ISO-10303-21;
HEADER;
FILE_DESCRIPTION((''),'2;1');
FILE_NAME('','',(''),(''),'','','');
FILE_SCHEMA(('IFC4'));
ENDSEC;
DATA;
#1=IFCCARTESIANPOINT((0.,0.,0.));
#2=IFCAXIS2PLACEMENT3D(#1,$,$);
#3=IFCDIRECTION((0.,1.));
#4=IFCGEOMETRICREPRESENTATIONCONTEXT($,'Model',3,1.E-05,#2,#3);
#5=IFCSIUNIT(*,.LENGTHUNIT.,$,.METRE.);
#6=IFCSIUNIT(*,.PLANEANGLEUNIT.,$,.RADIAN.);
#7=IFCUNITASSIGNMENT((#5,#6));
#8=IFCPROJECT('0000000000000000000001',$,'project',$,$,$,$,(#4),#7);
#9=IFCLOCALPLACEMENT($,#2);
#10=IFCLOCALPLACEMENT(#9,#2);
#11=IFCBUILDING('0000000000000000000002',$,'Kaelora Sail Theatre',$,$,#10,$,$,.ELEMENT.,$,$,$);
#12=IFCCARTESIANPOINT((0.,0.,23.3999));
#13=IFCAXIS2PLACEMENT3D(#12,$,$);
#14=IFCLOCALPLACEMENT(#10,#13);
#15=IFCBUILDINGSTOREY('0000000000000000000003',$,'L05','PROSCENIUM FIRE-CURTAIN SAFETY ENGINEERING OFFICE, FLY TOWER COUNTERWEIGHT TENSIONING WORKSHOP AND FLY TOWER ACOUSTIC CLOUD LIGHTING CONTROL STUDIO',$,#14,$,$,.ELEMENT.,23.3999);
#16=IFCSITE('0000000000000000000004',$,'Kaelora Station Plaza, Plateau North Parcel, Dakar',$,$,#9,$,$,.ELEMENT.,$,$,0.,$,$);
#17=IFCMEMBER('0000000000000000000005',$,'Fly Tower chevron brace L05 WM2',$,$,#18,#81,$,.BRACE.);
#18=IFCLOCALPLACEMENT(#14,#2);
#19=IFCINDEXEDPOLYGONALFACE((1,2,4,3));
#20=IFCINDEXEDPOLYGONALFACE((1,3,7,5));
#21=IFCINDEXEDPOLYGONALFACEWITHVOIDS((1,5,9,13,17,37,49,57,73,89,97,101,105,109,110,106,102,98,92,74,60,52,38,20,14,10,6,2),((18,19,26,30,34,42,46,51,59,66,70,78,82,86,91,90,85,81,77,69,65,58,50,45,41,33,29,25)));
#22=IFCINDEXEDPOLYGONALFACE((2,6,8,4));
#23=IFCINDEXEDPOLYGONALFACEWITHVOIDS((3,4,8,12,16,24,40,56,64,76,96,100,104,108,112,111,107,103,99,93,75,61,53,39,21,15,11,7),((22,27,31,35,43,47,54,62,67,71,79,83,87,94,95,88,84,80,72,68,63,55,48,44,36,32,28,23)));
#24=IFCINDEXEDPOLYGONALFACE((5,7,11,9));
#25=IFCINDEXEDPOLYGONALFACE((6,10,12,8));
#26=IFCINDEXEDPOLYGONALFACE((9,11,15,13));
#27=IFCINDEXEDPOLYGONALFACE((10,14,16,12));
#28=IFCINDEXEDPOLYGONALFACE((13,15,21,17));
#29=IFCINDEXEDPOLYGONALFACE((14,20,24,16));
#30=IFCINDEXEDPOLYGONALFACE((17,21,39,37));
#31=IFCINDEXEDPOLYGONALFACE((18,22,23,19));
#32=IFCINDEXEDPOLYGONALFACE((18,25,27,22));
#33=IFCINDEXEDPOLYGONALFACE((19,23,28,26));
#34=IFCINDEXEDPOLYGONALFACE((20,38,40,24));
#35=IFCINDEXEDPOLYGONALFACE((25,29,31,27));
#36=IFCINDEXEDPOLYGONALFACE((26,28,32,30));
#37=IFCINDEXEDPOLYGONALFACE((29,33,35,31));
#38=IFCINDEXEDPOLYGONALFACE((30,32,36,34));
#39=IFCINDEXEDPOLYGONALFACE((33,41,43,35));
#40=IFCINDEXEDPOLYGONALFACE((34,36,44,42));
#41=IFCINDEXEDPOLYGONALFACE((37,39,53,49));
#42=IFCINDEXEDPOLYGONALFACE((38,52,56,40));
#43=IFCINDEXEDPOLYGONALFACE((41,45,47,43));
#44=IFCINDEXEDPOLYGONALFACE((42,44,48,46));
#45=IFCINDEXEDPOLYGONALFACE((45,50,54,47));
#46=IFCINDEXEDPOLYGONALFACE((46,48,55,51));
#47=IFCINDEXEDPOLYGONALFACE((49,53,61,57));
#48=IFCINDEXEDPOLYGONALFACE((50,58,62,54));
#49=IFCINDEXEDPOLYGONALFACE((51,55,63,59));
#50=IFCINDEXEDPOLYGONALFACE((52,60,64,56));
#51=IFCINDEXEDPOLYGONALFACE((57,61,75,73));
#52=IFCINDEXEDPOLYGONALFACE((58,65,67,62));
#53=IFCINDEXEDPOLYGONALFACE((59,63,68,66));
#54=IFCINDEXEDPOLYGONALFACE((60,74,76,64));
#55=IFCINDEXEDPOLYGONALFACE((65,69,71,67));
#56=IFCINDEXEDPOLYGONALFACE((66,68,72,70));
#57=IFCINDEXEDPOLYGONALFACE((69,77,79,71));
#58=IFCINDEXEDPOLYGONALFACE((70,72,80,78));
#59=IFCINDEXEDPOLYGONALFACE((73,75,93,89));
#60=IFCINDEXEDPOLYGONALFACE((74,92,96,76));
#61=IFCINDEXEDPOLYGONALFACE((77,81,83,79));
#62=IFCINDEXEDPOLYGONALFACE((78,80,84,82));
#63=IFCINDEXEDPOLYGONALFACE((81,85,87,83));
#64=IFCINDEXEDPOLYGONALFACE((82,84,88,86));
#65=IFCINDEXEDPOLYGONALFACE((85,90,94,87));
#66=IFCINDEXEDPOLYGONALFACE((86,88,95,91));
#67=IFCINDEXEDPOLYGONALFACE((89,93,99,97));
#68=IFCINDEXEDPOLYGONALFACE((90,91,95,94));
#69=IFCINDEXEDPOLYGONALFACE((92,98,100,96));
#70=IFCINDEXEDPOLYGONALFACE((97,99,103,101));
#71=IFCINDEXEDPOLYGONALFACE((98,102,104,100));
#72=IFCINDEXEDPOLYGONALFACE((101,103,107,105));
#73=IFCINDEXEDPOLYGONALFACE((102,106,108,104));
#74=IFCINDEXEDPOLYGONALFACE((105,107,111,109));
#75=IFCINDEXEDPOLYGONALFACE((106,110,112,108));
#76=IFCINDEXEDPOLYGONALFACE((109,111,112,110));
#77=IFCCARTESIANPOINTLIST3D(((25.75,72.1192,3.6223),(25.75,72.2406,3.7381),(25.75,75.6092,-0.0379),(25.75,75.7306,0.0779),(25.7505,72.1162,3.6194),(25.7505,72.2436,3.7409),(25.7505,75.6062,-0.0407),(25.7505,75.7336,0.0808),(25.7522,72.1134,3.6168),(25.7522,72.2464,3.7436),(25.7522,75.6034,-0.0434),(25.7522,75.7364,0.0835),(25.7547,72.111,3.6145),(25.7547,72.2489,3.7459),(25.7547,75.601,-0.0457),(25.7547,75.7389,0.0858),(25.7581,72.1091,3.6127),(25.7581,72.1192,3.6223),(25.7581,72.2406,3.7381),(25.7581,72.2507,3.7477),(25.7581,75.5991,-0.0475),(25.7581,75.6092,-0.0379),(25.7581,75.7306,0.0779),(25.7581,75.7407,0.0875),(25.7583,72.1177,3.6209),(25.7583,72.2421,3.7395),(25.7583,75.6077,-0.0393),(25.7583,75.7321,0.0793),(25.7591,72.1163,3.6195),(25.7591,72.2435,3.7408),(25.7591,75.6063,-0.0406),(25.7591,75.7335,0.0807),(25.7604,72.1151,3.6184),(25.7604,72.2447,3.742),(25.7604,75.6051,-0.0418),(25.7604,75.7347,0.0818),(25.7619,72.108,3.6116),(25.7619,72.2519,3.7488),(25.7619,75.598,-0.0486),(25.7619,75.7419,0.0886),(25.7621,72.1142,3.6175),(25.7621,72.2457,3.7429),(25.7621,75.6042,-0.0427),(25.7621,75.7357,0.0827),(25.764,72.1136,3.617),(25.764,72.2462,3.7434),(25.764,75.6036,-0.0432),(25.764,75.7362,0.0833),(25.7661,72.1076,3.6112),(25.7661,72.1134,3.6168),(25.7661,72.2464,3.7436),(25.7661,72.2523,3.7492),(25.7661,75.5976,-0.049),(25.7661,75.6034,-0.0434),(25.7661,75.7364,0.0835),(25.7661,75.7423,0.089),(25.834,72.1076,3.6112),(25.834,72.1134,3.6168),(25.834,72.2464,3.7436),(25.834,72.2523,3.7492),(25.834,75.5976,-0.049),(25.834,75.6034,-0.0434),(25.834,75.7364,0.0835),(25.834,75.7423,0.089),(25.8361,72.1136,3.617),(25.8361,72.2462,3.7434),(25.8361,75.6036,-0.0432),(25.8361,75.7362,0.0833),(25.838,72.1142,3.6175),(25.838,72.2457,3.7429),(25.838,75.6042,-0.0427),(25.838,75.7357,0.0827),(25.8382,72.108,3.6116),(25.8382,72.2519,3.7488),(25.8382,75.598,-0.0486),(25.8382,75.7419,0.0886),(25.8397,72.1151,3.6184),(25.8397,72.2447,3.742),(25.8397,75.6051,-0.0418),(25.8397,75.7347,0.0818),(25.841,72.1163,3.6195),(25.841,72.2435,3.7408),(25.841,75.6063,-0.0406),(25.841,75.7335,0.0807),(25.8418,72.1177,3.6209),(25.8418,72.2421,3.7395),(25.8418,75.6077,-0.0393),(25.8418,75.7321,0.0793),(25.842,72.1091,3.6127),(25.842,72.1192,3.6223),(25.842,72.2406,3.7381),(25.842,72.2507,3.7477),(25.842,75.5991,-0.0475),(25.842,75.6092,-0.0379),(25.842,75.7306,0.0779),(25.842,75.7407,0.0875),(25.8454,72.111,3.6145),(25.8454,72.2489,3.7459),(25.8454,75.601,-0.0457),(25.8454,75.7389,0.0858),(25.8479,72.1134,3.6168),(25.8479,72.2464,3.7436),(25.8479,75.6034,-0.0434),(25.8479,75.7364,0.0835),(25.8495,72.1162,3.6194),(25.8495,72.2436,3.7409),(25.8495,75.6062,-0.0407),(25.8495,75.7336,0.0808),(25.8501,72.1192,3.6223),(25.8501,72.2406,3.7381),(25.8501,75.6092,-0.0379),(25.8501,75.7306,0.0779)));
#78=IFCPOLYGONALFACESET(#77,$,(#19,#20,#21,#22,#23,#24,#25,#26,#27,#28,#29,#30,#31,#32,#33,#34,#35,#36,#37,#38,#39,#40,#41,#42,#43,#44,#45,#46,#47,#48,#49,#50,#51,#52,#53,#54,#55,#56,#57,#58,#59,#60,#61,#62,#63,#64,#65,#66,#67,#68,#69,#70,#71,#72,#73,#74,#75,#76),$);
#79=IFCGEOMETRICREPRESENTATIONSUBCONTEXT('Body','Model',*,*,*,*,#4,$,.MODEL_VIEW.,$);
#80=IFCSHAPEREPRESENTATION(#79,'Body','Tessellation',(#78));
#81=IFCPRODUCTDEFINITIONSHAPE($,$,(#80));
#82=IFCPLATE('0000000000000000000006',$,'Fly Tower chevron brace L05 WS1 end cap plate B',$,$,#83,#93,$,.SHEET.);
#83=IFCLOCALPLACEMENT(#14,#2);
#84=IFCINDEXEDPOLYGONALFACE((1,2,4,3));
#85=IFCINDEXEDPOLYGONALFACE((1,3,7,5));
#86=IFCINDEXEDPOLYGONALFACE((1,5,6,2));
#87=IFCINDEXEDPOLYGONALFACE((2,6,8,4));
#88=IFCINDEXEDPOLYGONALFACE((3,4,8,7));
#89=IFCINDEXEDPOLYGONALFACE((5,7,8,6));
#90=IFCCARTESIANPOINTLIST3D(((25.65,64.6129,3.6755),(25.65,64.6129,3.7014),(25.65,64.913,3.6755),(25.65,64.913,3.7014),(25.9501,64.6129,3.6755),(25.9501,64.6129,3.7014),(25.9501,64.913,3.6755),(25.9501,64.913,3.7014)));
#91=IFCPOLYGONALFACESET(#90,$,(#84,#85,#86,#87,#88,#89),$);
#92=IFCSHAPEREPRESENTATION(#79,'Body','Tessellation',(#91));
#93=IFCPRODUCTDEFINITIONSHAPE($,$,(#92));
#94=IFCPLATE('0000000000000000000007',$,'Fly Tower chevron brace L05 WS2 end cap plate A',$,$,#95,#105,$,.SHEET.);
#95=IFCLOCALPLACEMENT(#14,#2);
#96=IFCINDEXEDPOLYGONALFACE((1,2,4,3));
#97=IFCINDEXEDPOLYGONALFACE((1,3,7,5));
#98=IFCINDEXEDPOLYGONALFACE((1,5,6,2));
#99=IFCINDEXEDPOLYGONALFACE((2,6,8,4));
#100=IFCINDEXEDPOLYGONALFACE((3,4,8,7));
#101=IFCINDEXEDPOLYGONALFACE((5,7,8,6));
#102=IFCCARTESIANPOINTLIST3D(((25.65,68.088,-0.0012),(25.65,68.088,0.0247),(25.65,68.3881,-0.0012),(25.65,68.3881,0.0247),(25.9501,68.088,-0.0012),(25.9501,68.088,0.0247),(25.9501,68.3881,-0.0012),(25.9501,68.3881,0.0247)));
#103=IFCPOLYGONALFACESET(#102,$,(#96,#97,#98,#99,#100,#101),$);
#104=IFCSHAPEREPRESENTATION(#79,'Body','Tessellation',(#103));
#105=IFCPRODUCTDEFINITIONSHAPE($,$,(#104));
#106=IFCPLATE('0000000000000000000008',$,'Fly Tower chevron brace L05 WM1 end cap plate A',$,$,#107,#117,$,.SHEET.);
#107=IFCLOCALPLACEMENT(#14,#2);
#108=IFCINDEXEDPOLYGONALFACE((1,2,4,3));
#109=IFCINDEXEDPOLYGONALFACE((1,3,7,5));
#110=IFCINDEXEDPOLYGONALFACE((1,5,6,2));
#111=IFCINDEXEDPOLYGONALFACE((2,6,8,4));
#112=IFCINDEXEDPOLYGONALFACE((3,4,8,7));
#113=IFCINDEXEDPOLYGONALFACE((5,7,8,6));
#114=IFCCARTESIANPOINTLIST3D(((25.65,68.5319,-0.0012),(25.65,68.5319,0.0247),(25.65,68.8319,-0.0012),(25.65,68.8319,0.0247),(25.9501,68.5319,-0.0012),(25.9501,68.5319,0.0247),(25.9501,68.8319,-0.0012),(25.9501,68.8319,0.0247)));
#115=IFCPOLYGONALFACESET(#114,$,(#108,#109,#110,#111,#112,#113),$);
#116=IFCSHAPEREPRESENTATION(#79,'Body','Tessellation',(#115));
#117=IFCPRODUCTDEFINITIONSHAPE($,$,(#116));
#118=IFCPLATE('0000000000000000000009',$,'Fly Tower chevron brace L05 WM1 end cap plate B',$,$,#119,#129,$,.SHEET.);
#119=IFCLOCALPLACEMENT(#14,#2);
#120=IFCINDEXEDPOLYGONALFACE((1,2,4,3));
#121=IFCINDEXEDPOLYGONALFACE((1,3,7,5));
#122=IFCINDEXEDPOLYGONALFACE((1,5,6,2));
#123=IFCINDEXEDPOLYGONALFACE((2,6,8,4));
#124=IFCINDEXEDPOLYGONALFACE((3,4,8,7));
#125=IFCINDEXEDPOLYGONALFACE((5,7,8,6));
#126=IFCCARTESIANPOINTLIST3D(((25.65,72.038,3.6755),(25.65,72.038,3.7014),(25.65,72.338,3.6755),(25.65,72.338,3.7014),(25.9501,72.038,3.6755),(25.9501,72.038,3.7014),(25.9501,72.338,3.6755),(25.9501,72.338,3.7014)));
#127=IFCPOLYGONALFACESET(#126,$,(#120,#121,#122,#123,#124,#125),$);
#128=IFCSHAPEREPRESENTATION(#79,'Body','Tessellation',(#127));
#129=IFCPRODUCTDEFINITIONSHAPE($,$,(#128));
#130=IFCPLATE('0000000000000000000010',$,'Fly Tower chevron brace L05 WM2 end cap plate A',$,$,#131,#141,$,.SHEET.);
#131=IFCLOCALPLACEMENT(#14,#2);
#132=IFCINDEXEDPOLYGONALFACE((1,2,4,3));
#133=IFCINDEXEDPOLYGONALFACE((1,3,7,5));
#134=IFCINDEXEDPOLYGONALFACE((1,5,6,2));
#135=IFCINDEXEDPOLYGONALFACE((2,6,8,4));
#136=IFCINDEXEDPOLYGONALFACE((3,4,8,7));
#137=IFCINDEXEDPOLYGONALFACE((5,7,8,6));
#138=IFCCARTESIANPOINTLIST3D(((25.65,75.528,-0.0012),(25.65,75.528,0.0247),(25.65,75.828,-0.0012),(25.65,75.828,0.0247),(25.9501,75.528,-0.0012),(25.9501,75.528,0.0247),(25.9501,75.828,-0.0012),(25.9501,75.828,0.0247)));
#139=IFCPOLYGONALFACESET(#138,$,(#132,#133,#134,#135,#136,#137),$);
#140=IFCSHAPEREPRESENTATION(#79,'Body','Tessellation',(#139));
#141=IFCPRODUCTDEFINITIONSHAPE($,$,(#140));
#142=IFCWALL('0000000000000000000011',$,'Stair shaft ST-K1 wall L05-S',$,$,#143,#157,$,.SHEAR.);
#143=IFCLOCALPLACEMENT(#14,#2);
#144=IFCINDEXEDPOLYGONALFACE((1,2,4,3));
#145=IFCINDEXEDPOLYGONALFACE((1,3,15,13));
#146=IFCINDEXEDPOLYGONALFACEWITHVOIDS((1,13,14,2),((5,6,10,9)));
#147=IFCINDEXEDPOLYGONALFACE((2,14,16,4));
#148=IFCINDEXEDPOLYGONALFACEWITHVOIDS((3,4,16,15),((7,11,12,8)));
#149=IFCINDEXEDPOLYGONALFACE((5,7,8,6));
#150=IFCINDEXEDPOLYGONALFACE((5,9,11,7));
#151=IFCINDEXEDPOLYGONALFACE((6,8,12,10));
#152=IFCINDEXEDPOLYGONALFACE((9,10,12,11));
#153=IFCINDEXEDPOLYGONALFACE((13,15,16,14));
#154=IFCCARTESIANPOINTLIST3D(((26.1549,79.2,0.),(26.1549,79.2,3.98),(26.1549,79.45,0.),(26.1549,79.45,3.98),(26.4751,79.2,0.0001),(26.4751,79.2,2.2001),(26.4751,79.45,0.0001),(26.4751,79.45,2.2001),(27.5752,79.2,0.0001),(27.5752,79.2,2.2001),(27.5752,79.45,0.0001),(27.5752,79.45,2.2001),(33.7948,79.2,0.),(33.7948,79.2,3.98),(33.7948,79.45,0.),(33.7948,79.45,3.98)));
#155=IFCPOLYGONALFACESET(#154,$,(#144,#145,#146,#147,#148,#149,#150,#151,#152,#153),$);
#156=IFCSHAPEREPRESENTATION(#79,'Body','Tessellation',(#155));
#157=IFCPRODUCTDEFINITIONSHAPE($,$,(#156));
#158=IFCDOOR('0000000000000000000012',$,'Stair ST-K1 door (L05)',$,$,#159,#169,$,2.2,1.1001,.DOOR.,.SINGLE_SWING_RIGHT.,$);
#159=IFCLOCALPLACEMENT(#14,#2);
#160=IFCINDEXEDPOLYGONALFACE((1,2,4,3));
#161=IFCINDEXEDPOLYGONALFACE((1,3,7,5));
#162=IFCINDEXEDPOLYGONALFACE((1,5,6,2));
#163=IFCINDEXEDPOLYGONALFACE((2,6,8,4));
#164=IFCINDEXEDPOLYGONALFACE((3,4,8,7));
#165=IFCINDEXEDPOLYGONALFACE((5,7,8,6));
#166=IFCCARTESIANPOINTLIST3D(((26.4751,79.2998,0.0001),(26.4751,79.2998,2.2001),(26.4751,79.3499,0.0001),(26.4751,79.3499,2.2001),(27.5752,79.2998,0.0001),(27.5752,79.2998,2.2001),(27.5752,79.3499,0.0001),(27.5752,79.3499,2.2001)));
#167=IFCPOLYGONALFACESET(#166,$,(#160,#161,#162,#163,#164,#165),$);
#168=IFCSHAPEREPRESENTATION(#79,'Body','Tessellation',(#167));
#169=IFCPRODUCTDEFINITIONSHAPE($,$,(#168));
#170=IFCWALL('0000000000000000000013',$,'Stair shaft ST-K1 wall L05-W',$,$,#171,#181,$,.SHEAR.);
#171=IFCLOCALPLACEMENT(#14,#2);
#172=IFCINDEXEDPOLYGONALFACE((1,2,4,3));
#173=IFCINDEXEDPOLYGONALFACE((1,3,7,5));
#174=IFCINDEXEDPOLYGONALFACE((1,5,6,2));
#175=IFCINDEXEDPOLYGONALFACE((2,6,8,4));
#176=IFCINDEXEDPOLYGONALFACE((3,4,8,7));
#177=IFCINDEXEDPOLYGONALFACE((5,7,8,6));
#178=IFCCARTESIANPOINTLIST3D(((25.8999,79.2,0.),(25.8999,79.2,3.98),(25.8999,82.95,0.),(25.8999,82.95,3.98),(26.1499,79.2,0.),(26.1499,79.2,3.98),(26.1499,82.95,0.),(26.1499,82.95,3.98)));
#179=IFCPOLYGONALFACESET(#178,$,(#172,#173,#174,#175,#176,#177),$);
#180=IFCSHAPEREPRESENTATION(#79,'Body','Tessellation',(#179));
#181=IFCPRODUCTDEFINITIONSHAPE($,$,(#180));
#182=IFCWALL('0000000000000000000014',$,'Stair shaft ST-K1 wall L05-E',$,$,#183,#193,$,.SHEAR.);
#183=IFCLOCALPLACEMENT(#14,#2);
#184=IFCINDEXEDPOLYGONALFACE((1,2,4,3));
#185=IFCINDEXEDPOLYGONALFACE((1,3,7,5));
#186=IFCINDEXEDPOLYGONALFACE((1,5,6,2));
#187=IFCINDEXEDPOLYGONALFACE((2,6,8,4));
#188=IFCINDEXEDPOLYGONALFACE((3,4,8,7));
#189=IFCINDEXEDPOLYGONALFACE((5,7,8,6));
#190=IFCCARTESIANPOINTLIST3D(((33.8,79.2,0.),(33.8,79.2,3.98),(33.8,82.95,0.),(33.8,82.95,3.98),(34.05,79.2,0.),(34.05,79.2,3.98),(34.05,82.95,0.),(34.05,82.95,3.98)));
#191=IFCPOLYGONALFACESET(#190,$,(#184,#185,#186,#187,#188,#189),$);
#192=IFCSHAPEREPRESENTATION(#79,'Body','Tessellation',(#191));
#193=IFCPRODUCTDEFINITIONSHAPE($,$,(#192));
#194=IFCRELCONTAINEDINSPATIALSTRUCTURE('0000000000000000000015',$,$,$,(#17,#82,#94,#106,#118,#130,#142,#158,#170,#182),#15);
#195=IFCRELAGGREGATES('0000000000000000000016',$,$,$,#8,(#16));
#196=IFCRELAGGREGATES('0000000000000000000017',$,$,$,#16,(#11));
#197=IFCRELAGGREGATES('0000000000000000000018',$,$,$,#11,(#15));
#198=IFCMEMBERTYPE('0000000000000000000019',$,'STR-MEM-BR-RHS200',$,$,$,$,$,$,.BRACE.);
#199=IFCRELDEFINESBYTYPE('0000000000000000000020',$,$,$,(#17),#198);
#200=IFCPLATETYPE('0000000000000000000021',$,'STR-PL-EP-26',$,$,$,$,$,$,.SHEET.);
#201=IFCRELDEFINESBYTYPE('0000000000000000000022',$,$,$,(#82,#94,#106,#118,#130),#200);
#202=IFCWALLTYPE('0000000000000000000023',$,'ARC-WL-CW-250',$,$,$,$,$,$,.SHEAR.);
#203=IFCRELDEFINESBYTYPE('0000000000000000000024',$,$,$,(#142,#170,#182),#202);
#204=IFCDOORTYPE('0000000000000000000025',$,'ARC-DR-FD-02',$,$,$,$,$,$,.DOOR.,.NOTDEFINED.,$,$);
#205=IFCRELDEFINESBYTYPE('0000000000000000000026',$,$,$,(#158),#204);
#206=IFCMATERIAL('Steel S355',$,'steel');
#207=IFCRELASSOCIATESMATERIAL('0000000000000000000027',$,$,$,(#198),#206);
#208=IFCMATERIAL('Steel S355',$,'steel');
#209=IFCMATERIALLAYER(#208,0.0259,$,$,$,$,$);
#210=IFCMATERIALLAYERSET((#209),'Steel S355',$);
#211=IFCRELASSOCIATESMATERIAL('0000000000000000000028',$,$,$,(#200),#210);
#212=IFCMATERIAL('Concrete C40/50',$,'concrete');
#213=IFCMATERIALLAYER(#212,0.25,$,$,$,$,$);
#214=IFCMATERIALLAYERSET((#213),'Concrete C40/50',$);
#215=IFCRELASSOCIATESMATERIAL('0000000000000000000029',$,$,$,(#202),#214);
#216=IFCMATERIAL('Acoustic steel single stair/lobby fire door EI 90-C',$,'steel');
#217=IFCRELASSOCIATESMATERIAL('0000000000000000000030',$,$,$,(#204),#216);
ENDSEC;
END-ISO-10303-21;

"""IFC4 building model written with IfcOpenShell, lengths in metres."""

from ifc_helpers import new_model, si_unit, direction, frame, frame_2d, origin, origin_2d, place, context, subcontext, project, spatial, rectangle, hollow_rectangle, extrude, material, layer, layer_set, material_profile, profile_set, type_object, element, fill, save


model = new_model("IFC4")

# Units and contexts
model_context = context("Model", 3, precision=1e-05, world=origin(), true_north=direction((0.0, 1.0)))
body_context = subcontext(model_context, "Body", "Model", "MODEL_VIEW")
ifc_project = project(units=[si_unit("LENGTHUNIT", "METRE"), si_unit("PLANEANGLEUNIT", "RADIAN")], contexts=[model_context])

# Site, building, storey
site_placement = place(None, origin())
site = spatial("IfcSite", under=ifc_project, at=site_placement, Name="Kaelora Station Plaza, Plateau North Parcel, Dakar", CompositionType="ELEMENT", RefElevation=0.0)
building_placement = place(site_placement, origin())
building = spatial("IfcBuilding", under=site, at=building_placement, Name="Kaelora Sail Theatre", CompositionType="ELEMENT")
storey_placement = place(building_placement, frame((0.0, 0.0, 23.3999)))
storey = spatial("IfcBuildingStorey", under=building, at=storey_placement, Name="L05", Description="PROSCENIUM FIRE-CURTAIN SAFETY ENGINEERING OFFICE, FLY TOWER COUNTERWEIGHT TENSIONING WORKSHOP AND FLY TOWER ACOUSTIC CLOUD LIGHTING CONTROL STUDIO", CompositionType="ELEMENT", Elevation=23.3999)

# Member
ifc_material_1 = material(Name="Steel S355", Category="steel")
ifc_material_profile_1 = material_profile(ifc_material_1, hollow_rectangle(XDim=0.1001, YDim=0.2, WallThickness=0.0081, InnerFilletRadius=0.0081, OuterFilletRadius=0.0161, at=origin_2d()), Name="RHS 200x100x8.0")
ifc_profile_set_1 = profile_set([ifc_material_profile_1], Name="Steel S355")
member_type = type_object("IfcMemberType", Name="STR-MEM-BR-RHS200", PredefinedType="BRACE", material=ifc_profile_set_1)
for number, where, z_axis, x_axis, name in (
    (1, (25.8, 75.6699, 0.02), (0.0, -0.690083, 0.72373), (1.0, 0.0, 0.0), "Fly Tower chevron brace L05 WM2"),
):
    element("IfcMember", number, at=place(storey_placement, frame(where, z_axis=z_axis, x_axis=x_axis)), inside=storey, type_object=member_type, Name=name, PredefinedType="BRACE", context=body_context, shape_type="SweptSolid", body=[
        extrude(hollow_rectangle(XDim=0.1001, YDim=0.2, WallThickness=0.0081, InnerFilletRadius=0.0081, OuterFilletRadius=0.0161, at=origin_2d()), origin(), (0.0, 0.0, 1.0), 5.0574),
    ])

# Plates
ifc_material_2 = material(Name="Steel S355", Category="steel")
ifc_layer_1 = layer(ifc_material_2, 0.0259)
ifc_layer_set_1 = layer_set([ifc_layer_1], Name="Steel S355")
plate_type = type_object("IfcPlateType", Name="STR-PL-EP-26", PredefinedType="SHEET", material=ifc_layer_set_1)
for number, where, z_axis, x_axis, name in (
    (2, (25.8, 64.7629, 3.6755), (0.0, 0.0, 1.0), (1.0, 0.0, 0.0), "Fly Tower chevron brace L05 WS1 end cap plate B"),
    (3, (25.8, 68.238, -0.0012), (0.0, 0.0, 1.0), (1.0, 0.0, 0.0), "Fly Tower chevron brace L05 WS2 end cap plate A"),
    (4, (25.8, 68.6819, -0.0012), (0.0, 0.0, 1.0), (1.0, 0.0, 0.0), "Fly Tower chevron brace L05 WM1 end cap plate A"),
    (5, (25.8, 72.188, 3.6755), (0.0, 0.0, 1.0), (1.0, 0.0, 0.0), "Fly Tower chevron brace L05 WM1 end cap plate B"),
    (6, (25.8, 75.678, -0.0012), (0.0, 0.0, 1.0), (1.0, 0.0, 0.0), "Fly Tower chevron brace L05 WM2 end cap plate A"),
):
    element("IfcPlate", number, at=place(storey_placement, frame(where, z_axis=z_axis, x_axis=x_axis)), inside=storey, type_object=plate_type, Name=name, PredefinedType="SHEET", context=body_context, shape_type="SweptSolid", body=[
        extrude(rectangle(XDim=0.3, YDim=0.3, at=origin_2d()), origin(), (0.0, 0.0, 1.0), 0.0259),
    ])

# Wall, opening, door
ifc_material_3 = material(Name="Concrete C40/50", Category="concrete")
ifc_layer_2 = layer(ifc_material_3, 0.25)
ifc_layer_set_2 = layer_set([ifc_layer_2], Name="Concrete C40/50")
wall_type_1 = type_object("IfcWallType", Name="ARC-WL-CW-250", PredefinedType="SHEAR", material=ifc_layer_set_2)
wall_1_placement = place(storey_placement, frame((26.155, 79.325, 0.0), z_axis=(0.0, 0.0, 1.0), x_axis=(1.0, 0.0, 0.0)))
wall_1 = element("IfcWall", 7, at=wall_1_placement, inside=storey, type_object=wall_type_1, Name="Stair shaft ST-K1 wall L05-S", PredefinedType="SHEAR", context=body_context, shape_type="SweptSolid", body=[
    extrude(rectangle(XDim=7.6399, YDim=0.25, at=frame_2d((3.8198, 0.0))), origin(), (0.0, 0.0, 1.0), 3.98),
])
opening_1_placement = place(wall_1_placement, frame((0.3201, 0.0, 0.0)))
opening_1 = element("IfcOpeningElement", 8, at=opening_1_placement, cuts=wall_1, PredefinedType="OPENING", context=body_context, shape_type="SweptSolid", body=[
    extrude(rectangle(XDim=1.1001, YDim=2.2, at=frame_2d((0.55, 1.1001))), frame((0.0, 0.135, 0.0), z_axis=(0.0, -1.0, 0.0), x_axis=(1.0, 0.0, 0.0)), (0.0, 0.0, 1.0), 0.27),
])
ifc_material_4 = material(Name="Acoustic steel single stair/lobby fire door EI 90-C", Category="steel")
door_type_1 = type_object("IfcDoorType", Name="ARC-DR-FD-02", OperationType="NOTDEFINED", PredefinedType="DOOR", material=ifc_material_4)
door_1_placement = place(opening_1_placement, origin())
door_1 = element("IfcDoor", 9, at=door_1_placement, inside=storey, type_object=door_type_1, Name="Stair ST-K1 door (L05)", OperationType="SINGLE_SWING_RIGHT", OverallHeight=2.2, OverallWidth=1.1001, PredefinedType="DOOR", context=body_context, shape_type="SweptSolid", body=[
    extrude(rectangle(XDim=1.1001, YDim=2.2, at=frame_2d((0.55, 1.1001))), frame((0.0, 0.0249, 0.0), z_axis=(0.0, -1.0, 0.0), x_axis=(1.0, 0.0, 0.0)), (0.0, 0.0, 1.0), 0.05),
])
fill(opening_1, door_1)

# Walls
for number, where, z_axis, x_axis, name in (
    (10, (26.0249, 79.2, 0.0), (0.0, 0.0, 1.0), (0.0, 1.0, 0.0), "Stair shaft ST-K1 wall L05-W"),
    (11, (33.925, 79.2, 0.0), (0.0, 0.0, 1.0), (0.0, 1.0, 0.0), "Stair shaft ST-K1 wall L05-E"),
):
    element("IfcWall", number, at=place(storey_placement, frame(where, z_axis=z_axis, x_axis=x_axis)), inside=storey, type_object=wall_type_1, Name=name, PredefinedType="SHEAR", context=body_context, shape_type="SweptSolid", body=[
        extrude(rectangle(XDim=3.75, YDim=0.25, at=frame_2d((1.875, 0.0))), origin(), (0.0, 0.0, 1.0), 3.98),
    ])

save(model, "model.ifc")
